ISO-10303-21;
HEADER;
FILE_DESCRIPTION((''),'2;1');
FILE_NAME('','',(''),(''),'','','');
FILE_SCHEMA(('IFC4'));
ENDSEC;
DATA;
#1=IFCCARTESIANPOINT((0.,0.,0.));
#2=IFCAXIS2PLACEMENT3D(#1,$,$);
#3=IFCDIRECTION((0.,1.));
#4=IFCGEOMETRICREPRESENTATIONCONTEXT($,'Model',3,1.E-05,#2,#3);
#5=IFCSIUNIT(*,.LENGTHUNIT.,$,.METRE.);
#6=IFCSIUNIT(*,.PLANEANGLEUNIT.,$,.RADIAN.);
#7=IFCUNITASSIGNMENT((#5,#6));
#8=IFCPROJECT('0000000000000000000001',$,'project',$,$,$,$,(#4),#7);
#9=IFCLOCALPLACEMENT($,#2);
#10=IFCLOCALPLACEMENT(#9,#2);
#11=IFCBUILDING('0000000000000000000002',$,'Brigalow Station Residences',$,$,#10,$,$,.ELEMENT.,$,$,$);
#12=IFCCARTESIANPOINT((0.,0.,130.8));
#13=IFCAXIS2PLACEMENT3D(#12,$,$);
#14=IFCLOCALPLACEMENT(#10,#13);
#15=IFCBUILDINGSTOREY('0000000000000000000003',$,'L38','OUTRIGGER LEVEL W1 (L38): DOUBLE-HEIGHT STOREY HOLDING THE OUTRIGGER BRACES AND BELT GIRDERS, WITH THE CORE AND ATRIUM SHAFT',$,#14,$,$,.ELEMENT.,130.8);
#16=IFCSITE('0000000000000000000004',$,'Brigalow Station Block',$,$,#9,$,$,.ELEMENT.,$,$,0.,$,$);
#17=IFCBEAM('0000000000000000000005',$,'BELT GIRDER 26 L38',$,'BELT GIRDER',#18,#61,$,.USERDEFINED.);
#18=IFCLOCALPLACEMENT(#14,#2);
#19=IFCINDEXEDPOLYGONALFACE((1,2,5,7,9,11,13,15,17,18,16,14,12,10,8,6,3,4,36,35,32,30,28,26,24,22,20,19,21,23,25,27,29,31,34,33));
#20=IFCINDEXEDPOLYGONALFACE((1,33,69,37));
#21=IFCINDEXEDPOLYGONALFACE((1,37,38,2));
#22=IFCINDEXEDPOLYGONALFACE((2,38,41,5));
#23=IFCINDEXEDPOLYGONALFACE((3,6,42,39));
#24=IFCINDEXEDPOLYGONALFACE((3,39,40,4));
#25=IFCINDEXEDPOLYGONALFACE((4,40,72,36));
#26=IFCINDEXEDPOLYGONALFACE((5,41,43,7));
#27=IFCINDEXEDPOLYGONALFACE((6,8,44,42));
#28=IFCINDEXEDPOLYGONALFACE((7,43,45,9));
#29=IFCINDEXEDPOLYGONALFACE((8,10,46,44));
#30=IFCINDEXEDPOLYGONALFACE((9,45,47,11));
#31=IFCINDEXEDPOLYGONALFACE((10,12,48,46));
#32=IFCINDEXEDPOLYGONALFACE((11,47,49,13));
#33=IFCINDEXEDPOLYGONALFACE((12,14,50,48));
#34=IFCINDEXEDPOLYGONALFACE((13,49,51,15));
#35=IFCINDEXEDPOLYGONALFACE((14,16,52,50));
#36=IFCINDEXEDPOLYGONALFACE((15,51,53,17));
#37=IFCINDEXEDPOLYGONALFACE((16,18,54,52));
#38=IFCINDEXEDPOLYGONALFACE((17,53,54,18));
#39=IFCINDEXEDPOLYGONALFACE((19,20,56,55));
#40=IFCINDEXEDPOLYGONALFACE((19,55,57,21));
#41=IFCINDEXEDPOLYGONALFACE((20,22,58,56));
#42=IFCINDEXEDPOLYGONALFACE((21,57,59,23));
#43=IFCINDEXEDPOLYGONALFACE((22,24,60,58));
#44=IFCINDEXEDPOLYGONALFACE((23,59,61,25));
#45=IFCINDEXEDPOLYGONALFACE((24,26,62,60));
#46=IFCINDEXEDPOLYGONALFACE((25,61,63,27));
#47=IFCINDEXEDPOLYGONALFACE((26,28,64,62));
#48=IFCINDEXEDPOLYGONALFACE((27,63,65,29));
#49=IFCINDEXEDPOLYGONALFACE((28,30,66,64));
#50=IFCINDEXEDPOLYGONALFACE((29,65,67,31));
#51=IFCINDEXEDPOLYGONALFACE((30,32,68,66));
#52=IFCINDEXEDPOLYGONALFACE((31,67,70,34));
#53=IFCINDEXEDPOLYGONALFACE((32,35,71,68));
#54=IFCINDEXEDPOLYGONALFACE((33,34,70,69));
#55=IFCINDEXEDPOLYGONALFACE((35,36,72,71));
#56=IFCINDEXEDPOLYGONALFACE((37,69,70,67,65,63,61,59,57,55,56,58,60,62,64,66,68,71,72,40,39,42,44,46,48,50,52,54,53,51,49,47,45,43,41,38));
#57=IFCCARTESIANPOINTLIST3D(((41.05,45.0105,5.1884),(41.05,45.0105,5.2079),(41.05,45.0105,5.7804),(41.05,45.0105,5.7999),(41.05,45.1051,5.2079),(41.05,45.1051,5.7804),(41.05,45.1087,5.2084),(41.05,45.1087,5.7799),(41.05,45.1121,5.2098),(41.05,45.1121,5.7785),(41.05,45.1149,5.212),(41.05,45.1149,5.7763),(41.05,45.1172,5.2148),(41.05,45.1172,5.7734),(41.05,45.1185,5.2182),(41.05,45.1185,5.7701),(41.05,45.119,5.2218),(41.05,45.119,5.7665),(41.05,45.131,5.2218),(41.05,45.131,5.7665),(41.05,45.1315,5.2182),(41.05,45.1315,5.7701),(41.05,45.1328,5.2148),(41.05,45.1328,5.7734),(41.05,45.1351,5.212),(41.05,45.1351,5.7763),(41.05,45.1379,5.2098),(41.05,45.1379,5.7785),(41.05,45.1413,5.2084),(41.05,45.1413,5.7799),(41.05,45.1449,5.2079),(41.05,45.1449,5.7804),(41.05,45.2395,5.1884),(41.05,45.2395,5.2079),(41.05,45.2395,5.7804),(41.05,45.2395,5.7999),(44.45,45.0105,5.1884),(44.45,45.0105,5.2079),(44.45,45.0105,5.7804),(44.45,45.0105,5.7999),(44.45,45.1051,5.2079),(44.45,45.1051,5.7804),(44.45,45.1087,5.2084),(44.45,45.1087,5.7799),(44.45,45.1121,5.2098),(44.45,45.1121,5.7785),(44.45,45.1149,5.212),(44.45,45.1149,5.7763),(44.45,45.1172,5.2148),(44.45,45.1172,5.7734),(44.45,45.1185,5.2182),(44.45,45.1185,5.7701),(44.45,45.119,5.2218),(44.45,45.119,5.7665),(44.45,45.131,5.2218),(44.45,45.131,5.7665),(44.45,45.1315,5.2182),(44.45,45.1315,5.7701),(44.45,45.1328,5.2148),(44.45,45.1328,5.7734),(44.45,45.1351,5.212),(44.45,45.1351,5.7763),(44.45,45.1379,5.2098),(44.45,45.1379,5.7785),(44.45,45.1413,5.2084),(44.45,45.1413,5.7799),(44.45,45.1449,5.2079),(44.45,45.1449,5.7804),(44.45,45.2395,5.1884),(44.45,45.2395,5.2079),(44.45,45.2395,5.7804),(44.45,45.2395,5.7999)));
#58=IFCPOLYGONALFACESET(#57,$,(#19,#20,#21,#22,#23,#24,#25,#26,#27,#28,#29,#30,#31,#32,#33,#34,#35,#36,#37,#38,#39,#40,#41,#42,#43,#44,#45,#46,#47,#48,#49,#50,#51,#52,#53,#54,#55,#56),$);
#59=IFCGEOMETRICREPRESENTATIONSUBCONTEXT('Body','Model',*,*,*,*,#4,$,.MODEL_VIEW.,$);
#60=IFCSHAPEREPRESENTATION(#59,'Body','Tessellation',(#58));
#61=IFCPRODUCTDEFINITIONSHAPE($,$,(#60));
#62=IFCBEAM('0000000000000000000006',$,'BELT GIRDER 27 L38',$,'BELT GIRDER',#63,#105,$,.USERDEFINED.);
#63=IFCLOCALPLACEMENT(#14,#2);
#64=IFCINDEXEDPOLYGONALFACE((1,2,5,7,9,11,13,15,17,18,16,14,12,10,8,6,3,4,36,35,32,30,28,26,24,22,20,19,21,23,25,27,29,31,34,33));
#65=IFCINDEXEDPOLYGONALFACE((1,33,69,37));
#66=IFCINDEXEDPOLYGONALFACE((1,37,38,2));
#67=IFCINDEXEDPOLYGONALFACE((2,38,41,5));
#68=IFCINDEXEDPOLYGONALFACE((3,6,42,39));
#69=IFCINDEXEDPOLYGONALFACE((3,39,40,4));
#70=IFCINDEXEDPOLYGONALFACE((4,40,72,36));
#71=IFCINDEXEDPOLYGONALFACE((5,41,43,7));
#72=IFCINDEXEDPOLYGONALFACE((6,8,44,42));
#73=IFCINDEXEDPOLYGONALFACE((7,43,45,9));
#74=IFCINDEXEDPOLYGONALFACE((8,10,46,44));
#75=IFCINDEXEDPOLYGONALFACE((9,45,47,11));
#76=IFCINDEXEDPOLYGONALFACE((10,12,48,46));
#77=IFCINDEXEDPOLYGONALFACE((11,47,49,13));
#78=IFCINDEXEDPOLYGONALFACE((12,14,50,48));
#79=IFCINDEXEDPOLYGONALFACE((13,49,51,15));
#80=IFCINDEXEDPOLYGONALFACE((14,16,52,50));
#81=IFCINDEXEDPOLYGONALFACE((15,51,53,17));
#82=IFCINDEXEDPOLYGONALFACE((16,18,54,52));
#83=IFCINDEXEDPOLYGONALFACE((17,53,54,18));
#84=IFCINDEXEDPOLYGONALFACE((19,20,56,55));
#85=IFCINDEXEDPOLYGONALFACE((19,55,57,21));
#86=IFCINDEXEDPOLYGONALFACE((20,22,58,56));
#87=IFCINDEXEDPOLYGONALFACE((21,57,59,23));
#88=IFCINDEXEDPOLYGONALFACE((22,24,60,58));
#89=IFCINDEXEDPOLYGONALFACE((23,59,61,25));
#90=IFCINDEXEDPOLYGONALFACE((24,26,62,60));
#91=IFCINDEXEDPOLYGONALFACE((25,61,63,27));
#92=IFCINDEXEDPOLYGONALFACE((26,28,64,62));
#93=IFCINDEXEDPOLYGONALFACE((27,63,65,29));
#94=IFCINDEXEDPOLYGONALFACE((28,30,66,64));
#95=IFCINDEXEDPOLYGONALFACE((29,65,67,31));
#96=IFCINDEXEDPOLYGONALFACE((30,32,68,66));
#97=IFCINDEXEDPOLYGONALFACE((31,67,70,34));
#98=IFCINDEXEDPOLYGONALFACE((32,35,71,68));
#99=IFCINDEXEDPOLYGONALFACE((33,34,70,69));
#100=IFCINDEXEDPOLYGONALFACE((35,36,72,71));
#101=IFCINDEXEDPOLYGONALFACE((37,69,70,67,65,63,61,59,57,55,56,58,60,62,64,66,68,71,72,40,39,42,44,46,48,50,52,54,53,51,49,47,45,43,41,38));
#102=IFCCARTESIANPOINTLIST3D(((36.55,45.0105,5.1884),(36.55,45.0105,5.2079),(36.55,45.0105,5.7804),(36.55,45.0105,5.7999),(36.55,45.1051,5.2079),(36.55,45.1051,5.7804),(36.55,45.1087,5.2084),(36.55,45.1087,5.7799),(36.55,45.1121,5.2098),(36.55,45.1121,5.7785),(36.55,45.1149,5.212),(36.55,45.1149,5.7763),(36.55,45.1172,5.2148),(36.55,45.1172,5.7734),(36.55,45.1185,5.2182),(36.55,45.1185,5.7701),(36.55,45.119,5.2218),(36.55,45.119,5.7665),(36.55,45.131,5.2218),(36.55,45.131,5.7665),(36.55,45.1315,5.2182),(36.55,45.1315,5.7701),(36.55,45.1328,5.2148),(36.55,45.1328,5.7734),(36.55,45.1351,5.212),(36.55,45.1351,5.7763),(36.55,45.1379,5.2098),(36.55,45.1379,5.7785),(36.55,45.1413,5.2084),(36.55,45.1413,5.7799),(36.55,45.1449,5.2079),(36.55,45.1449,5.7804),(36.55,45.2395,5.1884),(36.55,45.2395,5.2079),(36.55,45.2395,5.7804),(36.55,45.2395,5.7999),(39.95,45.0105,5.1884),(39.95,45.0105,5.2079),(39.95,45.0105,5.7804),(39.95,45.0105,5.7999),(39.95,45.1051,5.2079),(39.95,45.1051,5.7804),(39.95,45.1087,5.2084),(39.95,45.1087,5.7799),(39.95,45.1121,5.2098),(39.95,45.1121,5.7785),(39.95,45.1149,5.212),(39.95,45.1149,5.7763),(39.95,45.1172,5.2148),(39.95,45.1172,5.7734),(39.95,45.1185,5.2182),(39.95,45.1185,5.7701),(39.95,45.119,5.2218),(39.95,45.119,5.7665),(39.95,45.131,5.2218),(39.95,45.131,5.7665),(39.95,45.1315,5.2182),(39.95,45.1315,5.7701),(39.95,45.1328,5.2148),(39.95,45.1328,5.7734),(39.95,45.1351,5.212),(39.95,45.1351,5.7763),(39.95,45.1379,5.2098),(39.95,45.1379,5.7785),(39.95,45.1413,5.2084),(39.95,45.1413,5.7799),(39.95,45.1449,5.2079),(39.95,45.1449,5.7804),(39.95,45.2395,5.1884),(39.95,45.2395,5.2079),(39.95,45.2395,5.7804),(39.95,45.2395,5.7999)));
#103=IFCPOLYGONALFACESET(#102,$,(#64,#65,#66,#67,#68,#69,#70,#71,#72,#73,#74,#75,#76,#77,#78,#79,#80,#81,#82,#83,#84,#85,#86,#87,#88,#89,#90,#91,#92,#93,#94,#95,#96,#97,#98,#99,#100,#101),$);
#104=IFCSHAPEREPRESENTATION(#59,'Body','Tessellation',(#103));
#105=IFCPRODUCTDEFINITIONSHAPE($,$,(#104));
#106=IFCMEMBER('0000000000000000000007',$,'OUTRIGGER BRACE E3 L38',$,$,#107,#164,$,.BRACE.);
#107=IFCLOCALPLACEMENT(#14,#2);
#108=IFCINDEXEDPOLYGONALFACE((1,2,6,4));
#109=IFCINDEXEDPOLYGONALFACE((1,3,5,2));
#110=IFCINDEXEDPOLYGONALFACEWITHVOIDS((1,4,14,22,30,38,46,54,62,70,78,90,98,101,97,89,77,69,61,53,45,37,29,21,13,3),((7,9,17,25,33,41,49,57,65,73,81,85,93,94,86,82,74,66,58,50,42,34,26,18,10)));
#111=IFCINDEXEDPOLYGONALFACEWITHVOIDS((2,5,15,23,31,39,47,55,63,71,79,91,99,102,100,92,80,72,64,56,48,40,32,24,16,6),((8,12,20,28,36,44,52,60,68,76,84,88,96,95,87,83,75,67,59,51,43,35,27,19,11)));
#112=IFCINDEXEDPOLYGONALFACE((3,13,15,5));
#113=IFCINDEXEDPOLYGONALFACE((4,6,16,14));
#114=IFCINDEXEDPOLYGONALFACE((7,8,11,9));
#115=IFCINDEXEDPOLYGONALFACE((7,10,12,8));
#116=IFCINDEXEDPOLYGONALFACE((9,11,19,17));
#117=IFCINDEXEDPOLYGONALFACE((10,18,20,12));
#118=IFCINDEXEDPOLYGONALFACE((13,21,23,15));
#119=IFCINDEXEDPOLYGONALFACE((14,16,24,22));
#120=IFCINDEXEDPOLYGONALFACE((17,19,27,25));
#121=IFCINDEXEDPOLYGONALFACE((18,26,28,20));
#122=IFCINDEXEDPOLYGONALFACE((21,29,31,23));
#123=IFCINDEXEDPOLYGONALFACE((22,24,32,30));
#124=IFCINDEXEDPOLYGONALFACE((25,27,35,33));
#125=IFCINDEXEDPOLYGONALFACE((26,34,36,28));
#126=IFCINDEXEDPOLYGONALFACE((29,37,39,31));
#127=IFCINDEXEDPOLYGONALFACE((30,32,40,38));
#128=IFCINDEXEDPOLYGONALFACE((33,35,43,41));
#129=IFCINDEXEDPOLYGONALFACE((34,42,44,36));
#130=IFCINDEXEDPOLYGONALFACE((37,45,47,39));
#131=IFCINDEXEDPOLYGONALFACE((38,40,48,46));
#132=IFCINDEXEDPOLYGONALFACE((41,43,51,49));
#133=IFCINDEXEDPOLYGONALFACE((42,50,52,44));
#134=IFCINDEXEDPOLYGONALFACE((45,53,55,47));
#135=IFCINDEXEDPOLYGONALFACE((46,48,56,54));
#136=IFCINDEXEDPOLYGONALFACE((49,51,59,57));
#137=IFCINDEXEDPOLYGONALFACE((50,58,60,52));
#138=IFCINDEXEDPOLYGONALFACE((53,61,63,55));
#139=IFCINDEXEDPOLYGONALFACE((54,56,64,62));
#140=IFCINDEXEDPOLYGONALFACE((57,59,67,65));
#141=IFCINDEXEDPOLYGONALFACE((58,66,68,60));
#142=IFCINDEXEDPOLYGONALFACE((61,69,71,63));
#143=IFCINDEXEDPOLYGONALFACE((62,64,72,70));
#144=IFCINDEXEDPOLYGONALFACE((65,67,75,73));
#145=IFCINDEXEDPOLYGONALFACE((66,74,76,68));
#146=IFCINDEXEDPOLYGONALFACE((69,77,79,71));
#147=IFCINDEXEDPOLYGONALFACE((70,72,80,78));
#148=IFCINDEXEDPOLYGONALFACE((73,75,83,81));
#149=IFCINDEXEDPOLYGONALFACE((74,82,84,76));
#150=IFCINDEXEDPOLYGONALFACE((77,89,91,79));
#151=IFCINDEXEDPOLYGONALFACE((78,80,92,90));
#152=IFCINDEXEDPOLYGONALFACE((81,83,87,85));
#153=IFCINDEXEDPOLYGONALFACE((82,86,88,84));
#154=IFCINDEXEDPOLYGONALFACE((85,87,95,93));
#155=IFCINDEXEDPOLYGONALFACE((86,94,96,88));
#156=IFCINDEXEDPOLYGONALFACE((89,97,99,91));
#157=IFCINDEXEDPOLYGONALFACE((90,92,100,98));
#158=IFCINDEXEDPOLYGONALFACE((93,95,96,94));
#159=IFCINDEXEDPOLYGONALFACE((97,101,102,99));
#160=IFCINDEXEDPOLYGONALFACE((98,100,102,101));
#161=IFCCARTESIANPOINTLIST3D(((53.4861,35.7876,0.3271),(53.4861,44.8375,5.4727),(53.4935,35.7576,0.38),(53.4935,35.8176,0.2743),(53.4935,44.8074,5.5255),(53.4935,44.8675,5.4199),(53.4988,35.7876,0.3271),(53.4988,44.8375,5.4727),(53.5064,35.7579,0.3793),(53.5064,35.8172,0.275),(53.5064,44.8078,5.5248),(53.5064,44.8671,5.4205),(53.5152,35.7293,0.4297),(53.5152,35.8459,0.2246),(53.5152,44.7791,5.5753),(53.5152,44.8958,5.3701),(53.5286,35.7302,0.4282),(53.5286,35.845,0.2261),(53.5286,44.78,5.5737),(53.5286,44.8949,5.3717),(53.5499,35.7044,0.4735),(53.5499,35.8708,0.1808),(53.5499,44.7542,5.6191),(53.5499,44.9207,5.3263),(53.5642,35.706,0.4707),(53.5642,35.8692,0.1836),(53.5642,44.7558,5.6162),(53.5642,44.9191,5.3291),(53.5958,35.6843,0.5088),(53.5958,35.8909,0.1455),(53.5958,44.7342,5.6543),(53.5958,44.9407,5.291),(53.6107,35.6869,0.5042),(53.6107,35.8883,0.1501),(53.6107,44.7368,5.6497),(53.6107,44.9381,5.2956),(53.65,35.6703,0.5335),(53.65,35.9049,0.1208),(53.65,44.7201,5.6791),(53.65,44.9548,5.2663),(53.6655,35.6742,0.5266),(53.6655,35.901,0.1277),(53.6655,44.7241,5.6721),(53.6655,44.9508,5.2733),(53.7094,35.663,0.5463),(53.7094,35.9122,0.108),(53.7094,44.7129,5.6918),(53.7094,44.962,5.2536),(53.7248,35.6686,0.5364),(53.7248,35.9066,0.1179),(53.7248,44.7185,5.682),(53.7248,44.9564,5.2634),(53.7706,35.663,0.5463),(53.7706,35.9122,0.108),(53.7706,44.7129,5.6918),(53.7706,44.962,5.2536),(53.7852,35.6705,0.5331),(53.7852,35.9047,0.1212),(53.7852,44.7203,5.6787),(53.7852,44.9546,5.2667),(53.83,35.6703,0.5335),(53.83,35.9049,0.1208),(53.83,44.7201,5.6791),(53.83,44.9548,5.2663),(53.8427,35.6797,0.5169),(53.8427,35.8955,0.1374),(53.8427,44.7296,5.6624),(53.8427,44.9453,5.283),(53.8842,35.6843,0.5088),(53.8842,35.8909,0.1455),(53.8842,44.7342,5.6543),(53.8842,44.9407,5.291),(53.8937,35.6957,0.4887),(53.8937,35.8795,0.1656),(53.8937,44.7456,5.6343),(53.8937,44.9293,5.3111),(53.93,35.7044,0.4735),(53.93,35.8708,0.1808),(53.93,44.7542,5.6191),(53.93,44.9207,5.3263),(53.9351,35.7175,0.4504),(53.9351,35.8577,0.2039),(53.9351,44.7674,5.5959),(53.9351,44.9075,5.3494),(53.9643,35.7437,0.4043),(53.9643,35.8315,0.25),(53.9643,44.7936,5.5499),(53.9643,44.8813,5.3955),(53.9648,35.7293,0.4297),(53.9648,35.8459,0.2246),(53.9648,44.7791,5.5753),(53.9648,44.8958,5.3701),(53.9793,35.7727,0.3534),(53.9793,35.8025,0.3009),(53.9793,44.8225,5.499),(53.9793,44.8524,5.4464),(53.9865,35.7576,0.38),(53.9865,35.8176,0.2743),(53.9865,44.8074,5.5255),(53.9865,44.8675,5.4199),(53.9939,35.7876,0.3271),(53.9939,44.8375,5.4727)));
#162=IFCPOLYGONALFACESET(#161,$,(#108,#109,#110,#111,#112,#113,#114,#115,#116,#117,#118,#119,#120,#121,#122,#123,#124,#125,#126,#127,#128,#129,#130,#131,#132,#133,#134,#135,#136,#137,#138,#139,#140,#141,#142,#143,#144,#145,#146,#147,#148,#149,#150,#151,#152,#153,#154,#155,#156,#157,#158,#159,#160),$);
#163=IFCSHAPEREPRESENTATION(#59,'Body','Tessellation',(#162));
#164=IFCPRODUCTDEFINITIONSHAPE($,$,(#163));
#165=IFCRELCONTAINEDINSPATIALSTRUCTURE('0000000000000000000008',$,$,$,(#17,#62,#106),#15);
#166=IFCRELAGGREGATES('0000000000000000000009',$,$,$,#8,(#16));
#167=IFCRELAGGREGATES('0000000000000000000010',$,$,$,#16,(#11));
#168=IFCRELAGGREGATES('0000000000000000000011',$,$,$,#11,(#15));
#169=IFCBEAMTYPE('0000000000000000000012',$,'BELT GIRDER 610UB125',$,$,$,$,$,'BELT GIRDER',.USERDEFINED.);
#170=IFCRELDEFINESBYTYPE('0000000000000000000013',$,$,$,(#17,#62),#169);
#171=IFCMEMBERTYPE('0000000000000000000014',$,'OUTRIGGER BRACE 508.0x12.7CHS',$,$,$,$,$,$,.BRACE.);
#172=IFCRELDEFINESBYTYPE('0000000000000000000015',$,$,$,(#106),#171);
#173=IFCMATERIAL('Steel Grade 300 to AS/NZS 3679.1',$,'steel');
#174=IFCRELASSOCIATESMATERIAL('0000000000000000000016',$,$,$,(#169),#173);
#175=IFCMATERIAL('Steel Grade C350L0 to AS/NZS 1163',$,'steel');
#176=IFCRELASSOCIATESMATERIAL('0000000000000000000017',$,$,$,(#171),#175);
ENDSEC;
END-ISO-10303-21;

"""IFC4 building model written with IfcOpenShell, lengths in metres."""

from ifc_helpers import new_model, si_unit, direction, frame, origin, origin_2d, place, context, subcontext, project, spatial, hollow_circle, i_section, extrude, material, material_profile, profile_set, type_object, element, save


model = new_model("IFC4")

# Units and contexts
model_context = context("Model", 3, precision=1e-05, world=origin(), true_north=direction((0.0, 1.0)))
body_context = subcontext(model_context, "Body", "Model", "MODEL_VIEW")
ifc_project = project(units=[si_unit("LENGTHUNIT", "METRE"), si_unit("PLANEANGLEUNIT", "RADIAN")], contexts=[model_context])

# Site, building, storey
site_placement = place(None, origin())
site = spatial("IfcSite", under=ifc_project, at=site_placement, Name="Brigalow Station Block", CompositionType="ELEMENT", RefElevation=0.0)
building_placement = place(site_placement, origin())
building = spatial("IfcBuilding", under=site, at=building_placement, Name="Brigalow Station Residences", CompositionType="ELEMENT")
storey_placement = place(building_placement, frame((0.0, 0.0, 130.8)))
storey = spatial("IfcBuildingStorey", under=building, at=storey_placement, Name="L38", Description="OUTRIGGER LEVEL W1 (L38): DOUBLE-HEIGHT STOREY HOLDING THE OUTRIGGER BRACES AND BELT GIRDERS, WITH THE CORE AND ATRIUM SHAFT", CompositionType="ELEMENT", Elevation=130.8)

# Beams
ifc_material_1 = material(Name="Steel Grade 300 to AS/NZS 3679.1", Category="steel")
ifc_material_profile_1 = material_profile(ifc_material_1, i_section(OverallWidth=0.229, OverallDepth=0.6116, WebThickness=0.012, FlangeThickness=0.0195, FilletRadius=0.0139, at=origin_2d()), Name="610UB125")
ifc_profile_set_1 = profile_set([ifc_material_profile_1], Name="Steel Grade 300 to AS/NZS 3679.1")
beam_type = type_object("IfcBeamType", Name="BELT GIRDER 610UB125", ElementType="BELT GIRDER", PredefinedType="USERDEFINED", material=ifc_profile_set_1)
for number, where, z_axis, x_axis, name in (
    (1, (44.45, 45.125, 5.4941), (-1.0, 0.0, 0.0), (0.0, -1.0, 0.0), "BELT GIRDER 26 L38"),
    (2, (39.95, 45.125, 5.4941), (-1.0, 0.0, 0.0), (0.0, -1.0, 0.0), "BELT GIRDER 27 L38"),
):
    element("IfcBeam", number, at=place(storey_placement, frame(where, z_axis=z_axis, x_axis=x_axis)), inside=storey, type_object=beam_type, Name=name, ObjectType="BELT GIRDER", PredefinedType="USERDEFINED", context=body_context, shape_type="SweptSolid", body=[
        extrude(i_section(OverallWidth=0.229, OverallDepth=0.6116, WebThickness=0.012, FlangeThickness=0.0195, FilletRadius=0.0139, at=origin_2d()), origin(), (0.0, 0.0, 1.0), 3.3999),
    ])

# Member
ifc_material_2 = material(Name="Steel Grade C350L0 to AS/NZS 1163", Category="steel")
ifc_material_profile_2 = material_profile(ifc_material_2, hollow_circle(Radius=0.2539, WallThickness=0.0127, at=origin_2d()), Name="508.0x12.7CHS")
ifc_profile_set_2 = profile_set([ifc_material_profile_2], Name="Steel Grade C350L0 to AS/NZS 1163")
member_type_1 = type_object("IfcMemberType", Name="OUTRIGGER BRACE 508.0x12.7CHS", PredefinedType="BRACE", material=ifc_profile_set_2)
member_1_placement = place(storey_placement, frame((53.74, 35.7876, 0.3271), z_axis=(0.0, 0.869309, 0.494269), x_axis=(-1.0, 0.0, 0.0)))
element("IfcMember", 3, at=member_1_placement, inside=storey, type_object=member_type_1, Name="OUTRIGGER BRACE E3 L38", PredefinedType="BRACE", context=body_context, shape_type="SweptSolid", body=[
    extrude(hollow_circle(Radius=0.2539, WallThickness=0.0127, at=origin_2d()), origin(), (0.0, 0.0, 1.0), 10.4104),
])

save(model, "model.ifc")
